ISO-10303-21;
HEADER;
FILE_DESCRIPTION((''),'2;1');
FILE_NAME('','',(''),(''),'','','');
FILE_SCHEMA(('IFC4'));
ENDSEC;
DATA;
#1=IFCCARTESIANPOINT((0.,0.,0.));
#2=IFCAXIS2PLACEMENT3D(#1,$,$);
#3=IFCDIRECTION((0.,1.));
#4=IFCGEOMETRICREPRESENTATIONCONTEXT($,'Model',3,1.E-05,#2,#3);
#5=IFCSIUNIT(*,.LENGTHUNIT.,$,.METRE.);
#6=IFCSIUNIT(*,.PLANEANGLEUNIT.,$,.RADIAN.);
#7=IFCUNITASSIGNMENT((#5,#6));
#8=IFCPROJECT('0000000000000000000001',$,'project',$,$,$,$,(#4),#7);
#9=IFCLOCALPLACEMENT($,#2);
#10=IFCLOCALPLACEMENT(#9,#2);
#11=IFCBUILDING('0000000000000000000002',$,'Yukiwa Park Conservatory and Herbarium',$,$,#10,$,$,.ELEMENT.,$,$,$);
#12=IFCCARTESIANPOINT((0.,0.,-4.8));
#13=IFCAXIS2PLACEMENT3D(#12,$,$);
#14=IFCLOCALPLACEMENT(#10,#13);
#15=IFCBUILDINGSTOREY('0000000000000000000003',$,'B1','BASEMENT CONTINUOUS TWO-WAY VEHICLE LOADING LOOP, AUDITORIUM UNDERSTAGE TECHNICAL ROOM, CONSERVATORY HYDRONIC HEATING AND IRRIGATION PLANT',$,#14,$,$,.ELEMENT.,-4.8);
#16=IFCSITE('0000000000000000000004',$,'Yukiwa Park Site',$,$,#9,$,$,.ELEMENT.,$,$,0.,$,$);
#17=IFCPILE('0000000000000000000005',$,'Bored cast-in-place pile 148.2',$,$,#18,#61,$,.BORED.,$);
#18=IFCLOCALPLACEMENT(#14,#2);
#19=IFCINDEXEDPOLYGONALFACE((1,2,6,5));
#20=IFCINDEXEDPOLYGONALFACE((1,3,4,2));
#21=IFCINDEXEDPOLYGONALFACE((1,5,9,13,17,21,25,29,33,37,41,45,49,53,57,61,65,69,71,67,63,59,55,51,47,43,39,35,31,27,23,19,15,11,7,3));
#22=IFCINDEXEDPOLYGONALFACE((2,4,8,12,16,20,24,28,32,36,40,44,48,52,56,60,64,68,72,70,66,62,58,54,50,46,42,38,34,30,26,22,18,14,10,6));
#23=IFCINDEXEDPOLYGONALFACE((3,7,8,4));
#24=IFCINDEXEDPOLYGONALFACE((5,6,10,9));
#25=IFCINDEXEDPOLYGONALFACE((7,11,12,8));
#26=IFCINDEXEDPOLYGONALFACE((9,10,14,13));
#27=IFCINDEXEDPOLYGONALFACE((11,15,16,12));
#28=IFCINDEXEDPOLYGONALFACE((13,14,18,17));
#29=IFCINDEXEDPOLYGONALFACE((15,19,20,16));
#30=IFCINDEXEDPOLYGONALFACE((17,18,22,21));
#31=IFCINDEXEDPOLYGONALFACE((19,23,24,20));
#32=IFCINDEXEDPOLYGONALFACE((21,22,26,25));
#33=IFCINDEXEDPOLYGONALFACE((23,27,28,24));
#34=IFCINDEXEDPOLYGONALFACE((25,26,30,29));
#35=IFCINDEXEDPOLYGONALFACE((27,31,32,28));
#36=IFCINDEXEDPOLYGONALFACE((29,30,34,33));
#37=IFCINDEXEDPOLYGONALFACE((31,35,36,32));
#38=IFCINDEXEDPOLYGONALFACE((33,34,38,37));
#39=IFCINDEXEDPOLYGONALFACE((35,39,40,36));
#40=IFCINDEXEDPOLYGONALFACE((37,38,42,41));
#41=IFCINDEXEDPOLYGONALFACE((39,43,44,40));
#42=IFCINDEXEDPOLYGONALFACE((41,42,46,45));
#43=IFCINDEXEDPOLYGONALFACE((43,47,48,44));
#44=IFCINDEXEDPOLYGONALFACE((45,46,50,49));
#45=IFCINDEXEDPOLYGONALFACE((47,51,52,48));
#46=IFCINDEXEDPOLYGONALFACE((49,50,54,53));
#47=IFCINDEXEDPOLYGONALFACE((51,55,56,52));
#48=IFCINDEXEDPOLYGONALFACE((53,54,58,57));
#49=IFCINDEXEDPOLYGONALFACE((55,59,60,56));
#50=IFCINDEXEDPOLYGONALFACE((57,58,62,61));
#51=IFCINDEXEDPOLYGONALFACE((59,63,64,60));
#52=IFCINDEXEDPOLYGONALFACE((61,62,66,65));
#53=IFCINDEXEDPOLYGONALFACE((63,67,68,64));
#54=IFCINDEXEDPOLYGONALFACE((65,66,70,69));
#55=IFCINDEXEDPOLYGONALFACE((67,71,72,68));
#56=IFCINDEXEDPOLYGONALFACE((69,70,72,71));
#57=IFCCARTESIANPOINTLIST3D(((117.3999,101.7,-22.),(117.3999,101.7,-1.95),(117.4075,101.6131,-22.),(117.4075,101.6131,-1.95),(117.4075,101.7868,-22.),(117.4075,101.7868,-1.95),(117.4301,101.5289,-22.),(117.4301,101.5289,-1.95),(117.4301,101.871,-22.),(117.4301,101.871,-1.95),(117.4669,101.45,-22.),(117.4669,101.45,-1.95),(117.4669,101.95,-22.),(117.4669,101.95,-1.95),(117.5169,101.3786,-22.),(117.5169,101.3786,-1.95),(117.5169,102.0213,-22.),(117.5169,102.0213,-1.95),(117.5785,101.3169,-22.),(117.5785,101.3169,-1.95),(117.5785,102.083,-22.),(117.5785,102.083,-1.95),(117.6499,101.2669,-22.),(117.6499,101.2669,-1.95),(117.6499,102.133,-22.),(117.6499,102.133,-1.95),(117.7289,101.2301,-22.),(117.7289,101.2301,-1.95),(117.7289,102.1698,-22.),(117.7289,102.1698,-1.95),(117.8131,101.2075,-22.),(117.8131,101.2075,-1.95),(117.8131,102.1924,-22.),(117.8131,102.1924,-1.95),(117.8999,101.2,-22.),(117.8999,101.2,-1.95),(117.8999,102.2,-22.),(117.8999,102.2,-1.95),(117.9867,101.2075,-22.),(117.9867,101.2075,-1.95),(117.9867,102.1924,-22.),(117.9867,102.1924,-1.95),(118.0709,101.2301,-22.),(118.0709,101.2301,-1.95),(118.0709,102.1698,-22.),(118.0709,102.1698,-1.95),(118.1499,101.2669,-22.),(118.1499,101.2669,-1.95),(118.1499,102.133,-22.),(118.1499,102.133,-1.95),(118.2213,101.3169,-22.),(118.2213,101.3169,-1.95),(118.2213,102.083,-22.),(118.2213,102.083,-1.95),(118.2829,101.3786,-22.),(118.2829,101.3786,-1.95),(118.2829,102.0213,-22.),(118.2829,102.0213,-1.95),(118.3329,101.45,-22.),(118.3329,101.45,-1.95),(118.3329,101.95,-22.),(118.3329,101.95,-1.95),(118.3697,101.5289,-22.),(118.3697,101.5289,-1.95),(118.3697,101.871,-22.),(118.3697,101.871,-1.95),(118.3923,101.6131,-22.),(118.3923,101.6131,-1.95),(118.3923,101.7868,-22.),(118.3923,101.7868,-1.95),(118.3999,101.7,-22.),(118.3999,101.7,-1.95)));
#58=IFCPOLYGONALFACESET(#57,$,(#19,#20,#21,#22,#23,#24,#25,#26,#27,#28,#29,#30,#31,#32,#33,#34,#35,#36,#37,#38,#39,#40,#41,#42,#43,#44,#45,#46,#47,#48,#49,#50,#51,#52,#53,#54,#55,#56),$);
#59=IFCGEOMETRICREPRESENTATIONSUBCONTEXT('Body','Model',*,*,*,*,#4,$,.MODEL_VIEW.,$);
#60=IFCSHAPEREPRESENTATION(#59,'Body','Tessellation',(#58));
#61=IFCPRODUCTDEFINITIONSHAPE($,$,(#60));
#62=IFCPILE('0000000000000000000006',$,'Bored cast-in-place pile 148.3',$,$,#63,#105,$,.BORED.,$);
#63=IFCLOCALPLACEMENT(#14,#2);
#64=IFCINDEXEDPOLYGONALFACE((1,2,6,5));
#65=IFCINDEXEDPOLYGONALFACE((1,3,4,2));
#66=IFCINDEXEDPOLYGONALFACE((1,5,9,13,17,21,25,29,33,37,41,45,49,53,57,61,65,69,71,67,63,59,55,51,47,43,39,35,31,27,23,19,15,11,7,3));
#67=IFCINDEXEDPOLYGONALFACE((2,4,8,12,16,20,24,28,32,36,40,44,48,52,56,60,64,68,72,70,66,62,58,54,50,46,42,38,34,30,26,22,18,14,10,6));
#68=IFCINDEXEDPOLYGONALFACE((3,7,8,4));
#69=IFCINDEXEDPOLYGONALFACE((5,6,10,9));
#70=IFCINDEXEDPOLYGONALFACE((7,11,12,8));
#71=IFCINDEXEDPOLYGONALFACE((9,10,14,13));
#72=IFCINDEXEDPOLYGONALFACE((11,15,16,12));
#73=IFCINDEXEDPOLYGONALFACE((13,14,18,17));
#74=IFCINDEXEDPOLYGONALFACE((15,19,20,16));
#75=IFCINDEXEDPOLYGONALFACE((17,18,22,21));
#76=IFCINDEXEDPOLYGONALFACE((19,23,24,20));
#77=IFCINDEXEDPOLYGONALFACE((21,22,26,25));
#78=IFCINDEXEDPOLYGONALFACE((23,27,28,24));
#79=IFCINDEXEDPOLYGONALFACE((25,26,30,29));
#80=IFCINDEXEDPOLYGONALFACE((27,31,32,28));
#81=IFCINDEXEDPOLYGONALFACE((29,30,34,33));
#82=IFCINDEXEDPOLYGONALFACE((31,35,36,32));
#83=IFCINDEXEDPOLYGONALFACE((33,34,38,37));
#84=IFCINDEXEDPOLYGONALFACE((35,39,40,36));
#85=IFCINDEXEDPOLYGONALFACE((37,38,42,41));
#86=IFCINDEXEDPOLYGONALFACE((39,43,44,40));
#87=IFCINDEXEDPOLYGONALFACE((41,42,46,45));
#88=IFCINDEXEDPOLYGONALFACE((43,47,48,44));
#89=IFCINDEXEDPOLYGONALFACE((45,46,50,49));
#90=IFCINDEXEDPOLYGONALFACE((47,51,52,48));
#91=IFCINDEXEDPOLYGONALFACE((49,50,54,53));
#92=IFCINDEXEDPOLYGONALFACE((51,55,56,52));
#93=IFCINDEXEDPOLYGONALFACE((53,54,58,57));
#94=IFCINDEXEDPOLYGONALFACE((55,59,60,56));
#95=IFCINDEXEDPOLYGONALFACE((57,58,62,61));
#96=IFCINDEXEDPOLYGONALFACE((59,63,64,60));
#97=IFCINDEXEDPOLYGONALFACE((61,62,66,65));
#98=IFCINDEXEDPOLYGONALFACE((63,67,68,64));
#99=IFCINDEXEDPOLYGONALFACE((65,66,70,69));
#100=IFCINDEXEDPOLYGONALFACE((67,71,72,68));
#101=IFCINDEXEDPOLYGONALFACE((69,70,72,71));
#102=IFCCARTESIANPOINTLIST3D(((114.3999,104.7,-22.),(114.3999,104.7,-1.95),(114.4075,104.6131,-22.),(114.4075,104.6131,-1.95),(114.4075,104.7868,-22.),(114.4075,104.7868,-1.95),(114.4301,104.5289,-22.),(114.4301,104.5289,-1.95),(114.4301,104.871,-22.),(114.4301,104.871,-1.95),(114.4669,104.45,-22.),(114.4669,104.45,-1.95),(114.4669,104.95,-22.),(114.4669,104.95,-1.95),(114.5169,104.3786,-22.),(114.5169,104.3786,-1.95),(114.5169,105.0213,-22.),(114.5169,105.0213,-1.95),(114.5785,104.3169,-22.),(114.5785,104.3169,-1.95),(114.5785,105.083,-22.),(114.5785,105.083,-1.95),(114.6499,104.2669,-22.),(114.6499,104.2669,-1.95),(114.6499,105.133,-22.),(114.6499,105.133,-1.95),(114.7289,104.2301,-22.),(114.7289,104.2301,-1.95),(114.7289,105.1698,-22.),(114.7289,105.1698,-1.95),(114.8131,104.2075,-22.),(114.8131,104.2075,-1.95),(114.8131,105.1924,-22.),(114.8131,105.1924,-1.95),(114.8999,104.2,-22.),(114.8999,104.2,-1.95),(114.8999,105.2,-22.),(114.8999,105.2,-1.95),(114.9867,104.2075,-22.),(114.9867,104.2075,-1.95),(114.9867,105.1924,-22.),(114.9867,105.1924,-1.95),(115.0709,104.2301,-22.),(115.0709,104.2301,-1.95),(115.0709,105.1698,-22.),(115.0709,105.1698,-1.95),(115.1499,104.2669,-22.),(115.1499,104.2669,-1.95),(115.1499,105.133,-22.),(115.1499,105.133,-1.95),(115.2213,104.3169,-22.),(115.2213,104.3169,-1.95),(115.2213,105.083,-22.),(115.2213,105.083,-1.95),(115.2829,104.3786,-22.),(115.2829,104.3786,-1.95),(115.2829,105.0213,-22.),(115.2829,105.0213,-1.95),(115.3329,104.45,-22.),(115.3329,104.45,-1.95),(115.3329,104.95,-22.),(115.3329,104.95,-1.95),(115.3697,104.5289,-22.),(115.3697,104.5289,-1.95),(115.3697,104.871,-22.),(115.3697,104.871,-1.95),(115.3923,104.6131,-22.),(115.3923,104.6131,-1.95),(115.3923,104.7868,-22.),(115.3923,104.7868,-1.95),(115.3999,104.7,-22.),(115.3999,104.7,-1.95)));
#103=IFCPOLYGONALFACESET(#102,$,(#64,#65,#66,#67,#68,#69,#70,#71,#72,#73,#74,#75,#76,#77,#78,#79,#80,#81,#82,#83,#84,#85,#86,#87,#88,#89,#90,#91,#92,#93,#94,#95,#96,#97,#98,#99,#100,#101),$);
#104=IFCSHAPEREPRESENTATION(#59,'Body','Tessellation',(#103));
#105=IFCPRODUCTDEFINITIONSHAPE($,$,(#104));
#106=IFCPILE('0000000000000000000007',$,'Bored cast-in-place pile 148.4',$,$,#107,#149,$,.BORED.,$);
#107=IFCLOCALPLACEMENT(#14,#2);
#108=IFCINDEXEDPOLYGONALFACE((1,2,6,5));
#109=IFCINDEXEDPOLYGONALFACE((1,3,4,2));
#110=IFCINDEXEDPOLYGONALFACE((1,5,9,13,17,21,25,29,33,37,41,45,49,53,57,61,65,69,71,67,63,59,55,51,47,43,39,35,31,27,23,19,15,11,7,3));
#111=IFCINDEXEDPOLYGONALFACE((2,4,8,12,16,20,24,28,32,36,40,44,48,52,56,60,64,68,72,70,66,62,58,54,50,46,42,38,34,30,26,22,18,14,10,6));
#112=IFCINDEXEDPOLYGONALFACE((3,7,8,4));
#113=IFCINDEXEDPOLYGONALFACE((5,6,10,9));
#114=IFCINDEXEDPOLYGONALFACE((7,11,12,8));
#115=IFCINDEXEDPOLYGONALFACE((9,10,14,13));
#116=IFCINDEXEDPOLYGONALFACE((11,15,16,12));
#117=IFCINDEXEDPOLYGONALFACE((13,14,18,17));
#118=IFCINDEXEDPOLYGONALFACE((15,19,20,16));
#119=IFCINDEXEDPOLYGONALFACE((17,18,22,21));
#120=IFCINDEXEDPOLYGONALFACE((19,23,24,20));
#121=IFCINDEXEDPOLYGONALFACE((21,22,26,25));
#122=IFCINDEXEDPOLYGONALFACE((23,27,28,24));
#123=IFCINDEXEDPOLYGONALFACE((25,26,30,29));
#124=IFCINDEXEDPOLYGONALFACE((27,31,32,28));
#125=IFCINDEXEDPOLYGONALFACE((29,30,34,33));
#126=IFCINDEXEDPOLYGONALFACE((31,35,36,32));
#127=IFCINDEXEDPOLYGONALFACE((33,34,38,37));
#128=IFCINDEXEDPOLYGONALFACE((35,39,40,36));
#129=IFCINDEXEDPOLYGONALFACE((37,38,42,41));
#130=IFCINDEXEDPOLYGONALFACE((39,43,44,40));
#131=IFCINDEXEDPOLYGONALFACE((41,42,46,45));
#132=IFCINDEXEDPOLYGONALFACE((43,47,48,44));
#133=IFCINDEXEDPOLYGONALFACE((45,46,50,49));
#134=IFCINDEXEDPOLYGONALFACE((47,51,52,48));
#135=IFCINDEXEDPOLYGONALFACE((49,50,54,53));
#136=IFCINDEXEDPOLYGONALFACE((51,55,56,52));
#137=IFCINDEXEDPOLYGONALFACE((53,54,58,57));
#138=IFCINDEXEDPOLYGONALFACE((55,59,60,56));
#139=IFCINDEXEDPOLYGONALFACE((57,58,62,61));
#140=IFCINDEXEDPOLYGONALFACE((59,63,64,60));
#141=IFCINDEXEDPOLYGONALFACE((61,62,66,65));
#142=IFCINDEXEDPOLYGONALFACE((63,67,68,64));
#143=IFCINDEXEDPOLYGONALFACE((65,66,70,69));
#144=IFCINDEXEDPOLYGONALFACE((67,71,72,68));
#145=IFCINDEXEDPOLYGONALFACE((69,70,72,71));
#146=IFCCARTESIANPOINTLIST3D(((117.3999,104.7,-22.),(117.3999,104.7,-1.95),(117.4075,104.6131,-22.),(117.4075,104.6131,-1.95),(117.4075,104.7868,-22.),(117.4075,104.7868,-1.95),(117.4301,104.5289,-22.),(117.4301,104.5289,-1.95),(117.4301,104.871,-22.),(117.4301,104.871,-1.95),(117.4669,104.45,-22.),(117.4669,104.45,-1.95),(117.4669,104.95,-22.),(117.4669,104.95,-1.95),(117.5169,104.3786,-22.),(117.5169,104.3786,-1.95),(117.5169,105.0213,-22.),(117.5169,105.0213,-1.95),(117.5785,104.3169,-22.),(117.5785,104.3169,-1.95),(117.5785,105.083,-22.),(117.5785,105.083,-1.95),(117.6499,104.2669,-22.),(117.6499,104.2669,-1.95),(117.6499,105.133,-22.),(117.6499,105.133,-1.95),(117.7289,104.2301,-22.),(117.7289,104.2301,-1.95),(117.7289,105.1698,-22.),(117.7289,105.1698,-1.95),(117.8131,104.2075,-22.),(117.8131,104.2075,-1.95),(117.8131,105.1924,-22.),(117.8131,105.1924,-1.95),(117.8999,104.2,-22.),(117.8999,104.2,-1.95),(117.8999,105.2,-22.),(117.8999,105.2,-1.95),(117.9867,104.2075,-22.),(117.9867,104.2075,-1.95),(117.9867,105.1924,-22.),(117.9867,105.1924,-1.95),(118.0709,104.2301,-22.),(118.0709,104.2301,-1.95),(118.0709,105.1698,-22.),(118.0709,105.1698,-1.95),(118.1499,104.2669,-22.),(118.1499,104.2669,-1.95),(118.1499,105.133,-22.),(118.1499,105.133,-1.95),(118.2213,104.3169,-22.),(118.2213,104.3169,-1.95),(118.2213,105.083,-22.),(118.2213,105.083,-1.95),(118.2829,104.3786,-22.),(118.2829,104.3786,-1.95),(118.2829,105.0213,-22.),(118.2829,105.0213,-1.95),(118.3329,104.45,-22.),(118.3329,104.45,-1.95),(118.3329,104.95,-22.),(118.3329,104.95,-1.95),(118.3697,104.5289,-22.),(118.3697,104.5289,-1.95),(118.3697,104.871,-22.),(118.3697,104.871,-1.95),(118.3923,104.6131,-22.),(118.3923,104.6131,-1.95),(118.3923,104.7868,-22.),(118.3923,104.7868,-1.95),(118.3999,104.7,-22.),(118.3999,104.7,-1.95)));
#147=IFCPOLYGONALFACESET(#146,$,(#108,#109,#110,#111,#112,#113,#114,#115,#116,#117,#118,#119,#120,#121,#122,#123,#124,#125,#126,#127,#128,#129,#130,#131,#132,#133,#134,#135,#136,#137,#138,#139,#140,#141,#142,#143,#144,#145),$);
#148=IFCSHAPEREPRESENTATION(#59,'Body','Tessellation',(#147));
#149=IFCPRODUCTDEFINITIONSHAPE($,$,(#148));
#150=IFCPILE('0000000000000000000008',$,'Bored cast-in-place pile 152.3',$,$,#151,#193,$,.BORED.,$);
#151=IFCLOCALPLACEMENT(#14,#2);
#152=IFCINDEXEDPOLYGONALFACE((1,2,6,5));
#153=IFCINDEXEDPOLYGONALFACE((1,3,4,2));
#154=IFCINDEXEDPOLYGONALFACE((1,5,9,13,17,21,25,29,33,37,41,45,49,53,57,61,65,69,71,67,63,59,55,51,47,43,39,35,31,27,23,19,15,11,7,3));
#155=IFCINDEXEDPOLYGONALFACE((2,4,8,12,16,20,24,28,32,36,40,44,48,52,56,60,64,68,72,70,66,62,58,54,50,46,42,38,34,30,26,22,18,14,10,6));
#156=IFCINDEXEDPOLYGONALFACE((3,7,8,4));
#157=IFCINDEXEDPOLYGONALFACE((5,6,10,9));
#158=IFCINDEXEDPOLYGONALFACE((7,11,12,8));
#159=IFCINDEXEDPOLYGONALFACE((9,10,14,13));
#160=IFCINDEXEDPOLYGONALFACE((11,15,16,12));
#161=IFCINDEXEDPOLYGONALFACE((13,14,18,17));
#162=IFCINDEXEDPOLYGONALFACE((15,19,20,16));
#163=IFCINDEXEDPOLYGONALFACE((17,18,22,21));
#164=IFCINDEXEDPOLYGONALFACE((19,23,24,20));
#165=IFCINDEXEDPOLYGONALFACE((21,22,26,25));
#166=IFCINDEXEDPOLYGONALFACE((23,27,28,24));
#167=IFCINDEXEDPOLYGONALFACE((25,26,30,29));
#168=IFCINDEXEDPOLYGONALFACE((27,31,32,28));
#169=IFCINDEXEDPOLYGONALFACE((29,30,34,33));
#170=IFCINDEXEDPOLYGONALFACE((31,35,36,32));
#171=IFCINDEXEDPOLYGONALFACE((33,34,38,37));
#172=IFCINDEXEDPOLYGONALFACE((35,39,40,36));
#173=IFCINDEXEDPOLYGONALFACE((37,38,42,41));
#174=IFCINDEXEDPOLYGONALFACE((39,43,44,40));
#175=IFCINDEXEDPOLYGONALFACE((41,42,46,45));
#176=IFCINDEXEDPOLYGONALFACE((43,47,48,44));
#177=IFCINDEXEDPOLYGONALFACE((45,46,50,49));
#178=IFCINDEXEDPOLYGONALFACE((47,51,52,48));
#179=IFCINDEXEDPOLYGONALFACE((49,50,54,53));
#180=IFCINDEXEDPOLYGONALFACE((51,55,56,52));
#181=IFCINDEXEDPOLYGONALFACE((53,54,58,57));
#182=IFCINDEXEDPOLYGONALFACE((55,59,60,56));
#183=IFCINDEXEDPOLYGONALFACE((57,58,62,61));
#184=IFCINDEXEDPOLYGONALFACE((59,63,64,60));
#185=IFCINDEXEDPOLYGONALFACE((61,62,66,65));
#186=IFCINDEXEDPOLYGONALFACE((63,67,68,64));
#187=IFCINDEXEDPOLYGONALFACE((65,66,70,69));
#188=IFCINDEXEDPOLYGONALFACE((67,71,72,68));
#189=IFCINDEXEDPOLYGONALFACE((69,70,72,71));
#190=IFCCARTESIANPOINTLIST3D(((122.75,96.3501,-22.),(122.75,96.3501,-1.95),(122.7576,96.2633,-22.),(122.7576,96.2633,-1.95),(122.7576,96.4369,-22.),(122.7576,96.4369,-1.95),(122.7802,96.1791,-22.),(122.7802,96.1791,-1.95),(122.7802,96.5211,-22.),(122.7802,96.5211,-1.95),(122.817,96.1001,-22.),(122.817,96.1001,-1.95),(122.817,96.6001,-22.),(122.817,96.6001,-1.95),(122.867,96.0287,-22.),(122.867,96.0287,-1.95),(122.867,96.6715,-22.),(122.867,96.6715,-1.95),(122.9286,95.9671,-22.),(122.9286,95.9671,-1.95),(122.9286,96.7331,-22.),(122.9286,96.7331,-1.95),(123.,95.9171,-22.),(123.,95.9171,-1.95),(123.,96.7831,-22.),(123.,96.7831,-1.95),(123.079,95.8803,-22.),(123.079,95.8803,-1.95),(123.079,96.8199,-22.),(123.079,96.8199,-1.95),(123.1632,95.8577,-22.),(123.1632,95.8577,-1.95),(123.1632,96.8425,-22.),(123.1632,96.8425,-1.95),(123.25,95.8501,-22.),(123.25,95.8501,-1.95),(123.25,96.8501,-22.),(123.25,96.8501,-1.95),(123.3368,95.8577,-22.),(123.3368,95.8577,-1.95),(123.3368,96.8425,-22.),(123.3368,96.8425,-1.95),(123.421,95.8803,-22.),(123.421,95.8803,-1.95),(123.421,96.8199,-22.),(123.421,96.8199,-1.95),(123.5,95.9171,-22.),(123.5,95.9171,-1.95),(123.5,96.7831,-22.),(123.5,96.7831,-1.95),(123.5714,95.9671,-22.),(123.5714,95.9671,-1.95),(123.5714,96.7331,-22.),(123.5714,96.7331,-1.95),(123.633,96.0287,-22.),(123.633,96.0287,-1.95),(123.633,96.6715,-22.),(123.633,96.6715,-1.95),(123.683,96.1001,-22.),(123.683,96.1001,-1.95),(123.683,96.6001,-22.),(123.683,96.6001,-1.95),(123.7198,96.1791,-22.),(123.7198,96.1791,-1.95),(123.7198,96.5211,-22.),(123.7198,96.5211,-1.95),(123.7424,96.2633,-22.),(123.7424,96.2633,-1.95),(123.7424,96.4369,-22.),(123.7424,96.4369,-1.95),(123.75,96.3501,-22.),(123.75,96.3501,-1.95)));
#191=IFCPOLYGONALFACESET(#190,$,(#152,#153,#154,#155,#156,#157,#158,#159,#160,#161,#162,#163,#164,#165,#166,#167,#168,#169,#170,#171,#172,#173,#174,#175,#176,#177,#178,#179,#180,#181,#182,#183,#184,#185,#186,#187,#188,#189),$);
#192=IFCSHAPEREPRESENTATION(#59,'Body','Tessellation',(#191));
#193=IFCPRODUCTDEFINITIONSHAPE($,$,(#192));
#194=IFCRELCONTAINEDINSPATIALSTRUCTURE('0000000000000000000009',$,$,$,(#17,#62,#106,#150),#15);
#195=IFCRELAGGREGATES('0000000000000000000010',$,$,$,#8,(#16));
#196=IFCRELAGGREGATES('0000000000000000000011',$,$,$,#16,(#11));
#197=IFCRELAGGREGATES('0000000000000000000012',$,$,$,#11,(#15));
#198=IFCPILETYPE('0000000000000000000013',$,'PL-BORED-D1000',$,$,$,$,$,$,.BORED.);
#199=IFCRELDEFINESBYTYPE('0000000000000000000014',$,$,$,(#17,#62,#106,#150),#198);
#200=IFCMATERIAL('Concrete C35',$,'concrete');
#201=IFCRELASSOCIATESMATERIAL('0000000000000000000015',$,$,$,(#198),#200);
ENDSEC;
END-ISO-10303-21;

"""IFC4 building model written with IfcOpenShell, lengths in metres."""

from ifc_helpers import new_model, si_unit, direction, frame, origin, origin_2d, place, context, subcontext, project, spatial, circle, extrude, material, material_profile, profile_set, type_object, element, save


model = new_model("IFC4")

# Units and contexts
model_context = context("Model", 3, precision=1e-05, world=origin(), true_north=direction((0.0, 1.0)))
body_context = subcontext(model_context, "Body", "Model", "MODEL_VIEW")
ifc_project = project(units=[si_unit("LENGTHUNIT", "METRE"), si_unit("PLANEANGLEUNIT", "RADIAN")], contexts=[model_context])

# Site, building, storey
site_placement = place(None, origin())
site = spatial("IfcSite", under=ifc_project, at=site_placement, Name="Yukiwa Park Site", CompositionType="ELEMENT", RefElevation=0.0)
building_placement = place(site_placement, origin())
building = spatial("IfcBuilding", under=site, at=building_placement, Name="Yukiwa Park Conservatory and Herbarium", CompositionType="ELEMENT")
storey_placement = place(building_placement, frame((0.0, 0.0, -4.8)))
storey = spatial("IfcBuildingStorey", under=building, at=storey_placement, Name="B1", Description="BASEMENT CONTINUOUS TWO-WAY VEHICLE LOADING LOOP, AUDITORIUM UNDERSTAGE TECHNICAL ROOM, CONSERVATORY HYDRONIC HEATING AND IRRIGATION PLANT", CompositionType="ELEMENT", Elevation=-4.8)

# Piles
ifc_material_1 = material(Name="Concrete C35", Category="concrete")
ifc_material_profile_1 = material_profile(ifc_material_1, circle(Radius=0.5, at=origin_2d()), Name="PILE D1000")
ifc_profile_set_1 = profile_set([ifc_material_profile_1], Name="Concrete C35")
pile_type_1 = type_object("IfcPileType", Name="PL-BORED-D1000", PredefinedType="BORED", material=ifc_profile_set_1)
for number, where, z_axis, x_axis, name in (
    (1, (117.8999, 101.7, -1.95), (0.0, 0.0, -1.0), (1.0, 0.0, 0.0), "Bored cast-in-place pile 148.2"),
    (2, (114.8999, 104.7, -1.95), (0.0, 0.0, -1.0), (1.0, 0.0, 0.0), "Bored cast-in-place pile 148.3"),
    (3, (117.8999, 104.7, -1.95), (0.0, 0.0, -1.0), (1.0, 0.0, 0.0), "Bored cast-in-place pile 148.4"),
    (4, (123.25, 96.3501, -1.95), (0.0, 0.0, -1.0), (1.0, 0.0, 0.0), "Bored cast-in-place pile 152.3"),
):
    element("IfcPile", number, at=place(storey_placement, frame(where, z_axis=z_axis, x_axis=x_axis)), inside=storey, type_object=pile_type_1, Name=name, PredefinedType="BORED", context=body_context, shape_type="SweptSolid", body=[
        extrude(circle(Radius=0.5, at=origin_2d()), origin(), (0.0, 0.0, 1.0), 20.05),
    ])

save(model, "model.ifc")
